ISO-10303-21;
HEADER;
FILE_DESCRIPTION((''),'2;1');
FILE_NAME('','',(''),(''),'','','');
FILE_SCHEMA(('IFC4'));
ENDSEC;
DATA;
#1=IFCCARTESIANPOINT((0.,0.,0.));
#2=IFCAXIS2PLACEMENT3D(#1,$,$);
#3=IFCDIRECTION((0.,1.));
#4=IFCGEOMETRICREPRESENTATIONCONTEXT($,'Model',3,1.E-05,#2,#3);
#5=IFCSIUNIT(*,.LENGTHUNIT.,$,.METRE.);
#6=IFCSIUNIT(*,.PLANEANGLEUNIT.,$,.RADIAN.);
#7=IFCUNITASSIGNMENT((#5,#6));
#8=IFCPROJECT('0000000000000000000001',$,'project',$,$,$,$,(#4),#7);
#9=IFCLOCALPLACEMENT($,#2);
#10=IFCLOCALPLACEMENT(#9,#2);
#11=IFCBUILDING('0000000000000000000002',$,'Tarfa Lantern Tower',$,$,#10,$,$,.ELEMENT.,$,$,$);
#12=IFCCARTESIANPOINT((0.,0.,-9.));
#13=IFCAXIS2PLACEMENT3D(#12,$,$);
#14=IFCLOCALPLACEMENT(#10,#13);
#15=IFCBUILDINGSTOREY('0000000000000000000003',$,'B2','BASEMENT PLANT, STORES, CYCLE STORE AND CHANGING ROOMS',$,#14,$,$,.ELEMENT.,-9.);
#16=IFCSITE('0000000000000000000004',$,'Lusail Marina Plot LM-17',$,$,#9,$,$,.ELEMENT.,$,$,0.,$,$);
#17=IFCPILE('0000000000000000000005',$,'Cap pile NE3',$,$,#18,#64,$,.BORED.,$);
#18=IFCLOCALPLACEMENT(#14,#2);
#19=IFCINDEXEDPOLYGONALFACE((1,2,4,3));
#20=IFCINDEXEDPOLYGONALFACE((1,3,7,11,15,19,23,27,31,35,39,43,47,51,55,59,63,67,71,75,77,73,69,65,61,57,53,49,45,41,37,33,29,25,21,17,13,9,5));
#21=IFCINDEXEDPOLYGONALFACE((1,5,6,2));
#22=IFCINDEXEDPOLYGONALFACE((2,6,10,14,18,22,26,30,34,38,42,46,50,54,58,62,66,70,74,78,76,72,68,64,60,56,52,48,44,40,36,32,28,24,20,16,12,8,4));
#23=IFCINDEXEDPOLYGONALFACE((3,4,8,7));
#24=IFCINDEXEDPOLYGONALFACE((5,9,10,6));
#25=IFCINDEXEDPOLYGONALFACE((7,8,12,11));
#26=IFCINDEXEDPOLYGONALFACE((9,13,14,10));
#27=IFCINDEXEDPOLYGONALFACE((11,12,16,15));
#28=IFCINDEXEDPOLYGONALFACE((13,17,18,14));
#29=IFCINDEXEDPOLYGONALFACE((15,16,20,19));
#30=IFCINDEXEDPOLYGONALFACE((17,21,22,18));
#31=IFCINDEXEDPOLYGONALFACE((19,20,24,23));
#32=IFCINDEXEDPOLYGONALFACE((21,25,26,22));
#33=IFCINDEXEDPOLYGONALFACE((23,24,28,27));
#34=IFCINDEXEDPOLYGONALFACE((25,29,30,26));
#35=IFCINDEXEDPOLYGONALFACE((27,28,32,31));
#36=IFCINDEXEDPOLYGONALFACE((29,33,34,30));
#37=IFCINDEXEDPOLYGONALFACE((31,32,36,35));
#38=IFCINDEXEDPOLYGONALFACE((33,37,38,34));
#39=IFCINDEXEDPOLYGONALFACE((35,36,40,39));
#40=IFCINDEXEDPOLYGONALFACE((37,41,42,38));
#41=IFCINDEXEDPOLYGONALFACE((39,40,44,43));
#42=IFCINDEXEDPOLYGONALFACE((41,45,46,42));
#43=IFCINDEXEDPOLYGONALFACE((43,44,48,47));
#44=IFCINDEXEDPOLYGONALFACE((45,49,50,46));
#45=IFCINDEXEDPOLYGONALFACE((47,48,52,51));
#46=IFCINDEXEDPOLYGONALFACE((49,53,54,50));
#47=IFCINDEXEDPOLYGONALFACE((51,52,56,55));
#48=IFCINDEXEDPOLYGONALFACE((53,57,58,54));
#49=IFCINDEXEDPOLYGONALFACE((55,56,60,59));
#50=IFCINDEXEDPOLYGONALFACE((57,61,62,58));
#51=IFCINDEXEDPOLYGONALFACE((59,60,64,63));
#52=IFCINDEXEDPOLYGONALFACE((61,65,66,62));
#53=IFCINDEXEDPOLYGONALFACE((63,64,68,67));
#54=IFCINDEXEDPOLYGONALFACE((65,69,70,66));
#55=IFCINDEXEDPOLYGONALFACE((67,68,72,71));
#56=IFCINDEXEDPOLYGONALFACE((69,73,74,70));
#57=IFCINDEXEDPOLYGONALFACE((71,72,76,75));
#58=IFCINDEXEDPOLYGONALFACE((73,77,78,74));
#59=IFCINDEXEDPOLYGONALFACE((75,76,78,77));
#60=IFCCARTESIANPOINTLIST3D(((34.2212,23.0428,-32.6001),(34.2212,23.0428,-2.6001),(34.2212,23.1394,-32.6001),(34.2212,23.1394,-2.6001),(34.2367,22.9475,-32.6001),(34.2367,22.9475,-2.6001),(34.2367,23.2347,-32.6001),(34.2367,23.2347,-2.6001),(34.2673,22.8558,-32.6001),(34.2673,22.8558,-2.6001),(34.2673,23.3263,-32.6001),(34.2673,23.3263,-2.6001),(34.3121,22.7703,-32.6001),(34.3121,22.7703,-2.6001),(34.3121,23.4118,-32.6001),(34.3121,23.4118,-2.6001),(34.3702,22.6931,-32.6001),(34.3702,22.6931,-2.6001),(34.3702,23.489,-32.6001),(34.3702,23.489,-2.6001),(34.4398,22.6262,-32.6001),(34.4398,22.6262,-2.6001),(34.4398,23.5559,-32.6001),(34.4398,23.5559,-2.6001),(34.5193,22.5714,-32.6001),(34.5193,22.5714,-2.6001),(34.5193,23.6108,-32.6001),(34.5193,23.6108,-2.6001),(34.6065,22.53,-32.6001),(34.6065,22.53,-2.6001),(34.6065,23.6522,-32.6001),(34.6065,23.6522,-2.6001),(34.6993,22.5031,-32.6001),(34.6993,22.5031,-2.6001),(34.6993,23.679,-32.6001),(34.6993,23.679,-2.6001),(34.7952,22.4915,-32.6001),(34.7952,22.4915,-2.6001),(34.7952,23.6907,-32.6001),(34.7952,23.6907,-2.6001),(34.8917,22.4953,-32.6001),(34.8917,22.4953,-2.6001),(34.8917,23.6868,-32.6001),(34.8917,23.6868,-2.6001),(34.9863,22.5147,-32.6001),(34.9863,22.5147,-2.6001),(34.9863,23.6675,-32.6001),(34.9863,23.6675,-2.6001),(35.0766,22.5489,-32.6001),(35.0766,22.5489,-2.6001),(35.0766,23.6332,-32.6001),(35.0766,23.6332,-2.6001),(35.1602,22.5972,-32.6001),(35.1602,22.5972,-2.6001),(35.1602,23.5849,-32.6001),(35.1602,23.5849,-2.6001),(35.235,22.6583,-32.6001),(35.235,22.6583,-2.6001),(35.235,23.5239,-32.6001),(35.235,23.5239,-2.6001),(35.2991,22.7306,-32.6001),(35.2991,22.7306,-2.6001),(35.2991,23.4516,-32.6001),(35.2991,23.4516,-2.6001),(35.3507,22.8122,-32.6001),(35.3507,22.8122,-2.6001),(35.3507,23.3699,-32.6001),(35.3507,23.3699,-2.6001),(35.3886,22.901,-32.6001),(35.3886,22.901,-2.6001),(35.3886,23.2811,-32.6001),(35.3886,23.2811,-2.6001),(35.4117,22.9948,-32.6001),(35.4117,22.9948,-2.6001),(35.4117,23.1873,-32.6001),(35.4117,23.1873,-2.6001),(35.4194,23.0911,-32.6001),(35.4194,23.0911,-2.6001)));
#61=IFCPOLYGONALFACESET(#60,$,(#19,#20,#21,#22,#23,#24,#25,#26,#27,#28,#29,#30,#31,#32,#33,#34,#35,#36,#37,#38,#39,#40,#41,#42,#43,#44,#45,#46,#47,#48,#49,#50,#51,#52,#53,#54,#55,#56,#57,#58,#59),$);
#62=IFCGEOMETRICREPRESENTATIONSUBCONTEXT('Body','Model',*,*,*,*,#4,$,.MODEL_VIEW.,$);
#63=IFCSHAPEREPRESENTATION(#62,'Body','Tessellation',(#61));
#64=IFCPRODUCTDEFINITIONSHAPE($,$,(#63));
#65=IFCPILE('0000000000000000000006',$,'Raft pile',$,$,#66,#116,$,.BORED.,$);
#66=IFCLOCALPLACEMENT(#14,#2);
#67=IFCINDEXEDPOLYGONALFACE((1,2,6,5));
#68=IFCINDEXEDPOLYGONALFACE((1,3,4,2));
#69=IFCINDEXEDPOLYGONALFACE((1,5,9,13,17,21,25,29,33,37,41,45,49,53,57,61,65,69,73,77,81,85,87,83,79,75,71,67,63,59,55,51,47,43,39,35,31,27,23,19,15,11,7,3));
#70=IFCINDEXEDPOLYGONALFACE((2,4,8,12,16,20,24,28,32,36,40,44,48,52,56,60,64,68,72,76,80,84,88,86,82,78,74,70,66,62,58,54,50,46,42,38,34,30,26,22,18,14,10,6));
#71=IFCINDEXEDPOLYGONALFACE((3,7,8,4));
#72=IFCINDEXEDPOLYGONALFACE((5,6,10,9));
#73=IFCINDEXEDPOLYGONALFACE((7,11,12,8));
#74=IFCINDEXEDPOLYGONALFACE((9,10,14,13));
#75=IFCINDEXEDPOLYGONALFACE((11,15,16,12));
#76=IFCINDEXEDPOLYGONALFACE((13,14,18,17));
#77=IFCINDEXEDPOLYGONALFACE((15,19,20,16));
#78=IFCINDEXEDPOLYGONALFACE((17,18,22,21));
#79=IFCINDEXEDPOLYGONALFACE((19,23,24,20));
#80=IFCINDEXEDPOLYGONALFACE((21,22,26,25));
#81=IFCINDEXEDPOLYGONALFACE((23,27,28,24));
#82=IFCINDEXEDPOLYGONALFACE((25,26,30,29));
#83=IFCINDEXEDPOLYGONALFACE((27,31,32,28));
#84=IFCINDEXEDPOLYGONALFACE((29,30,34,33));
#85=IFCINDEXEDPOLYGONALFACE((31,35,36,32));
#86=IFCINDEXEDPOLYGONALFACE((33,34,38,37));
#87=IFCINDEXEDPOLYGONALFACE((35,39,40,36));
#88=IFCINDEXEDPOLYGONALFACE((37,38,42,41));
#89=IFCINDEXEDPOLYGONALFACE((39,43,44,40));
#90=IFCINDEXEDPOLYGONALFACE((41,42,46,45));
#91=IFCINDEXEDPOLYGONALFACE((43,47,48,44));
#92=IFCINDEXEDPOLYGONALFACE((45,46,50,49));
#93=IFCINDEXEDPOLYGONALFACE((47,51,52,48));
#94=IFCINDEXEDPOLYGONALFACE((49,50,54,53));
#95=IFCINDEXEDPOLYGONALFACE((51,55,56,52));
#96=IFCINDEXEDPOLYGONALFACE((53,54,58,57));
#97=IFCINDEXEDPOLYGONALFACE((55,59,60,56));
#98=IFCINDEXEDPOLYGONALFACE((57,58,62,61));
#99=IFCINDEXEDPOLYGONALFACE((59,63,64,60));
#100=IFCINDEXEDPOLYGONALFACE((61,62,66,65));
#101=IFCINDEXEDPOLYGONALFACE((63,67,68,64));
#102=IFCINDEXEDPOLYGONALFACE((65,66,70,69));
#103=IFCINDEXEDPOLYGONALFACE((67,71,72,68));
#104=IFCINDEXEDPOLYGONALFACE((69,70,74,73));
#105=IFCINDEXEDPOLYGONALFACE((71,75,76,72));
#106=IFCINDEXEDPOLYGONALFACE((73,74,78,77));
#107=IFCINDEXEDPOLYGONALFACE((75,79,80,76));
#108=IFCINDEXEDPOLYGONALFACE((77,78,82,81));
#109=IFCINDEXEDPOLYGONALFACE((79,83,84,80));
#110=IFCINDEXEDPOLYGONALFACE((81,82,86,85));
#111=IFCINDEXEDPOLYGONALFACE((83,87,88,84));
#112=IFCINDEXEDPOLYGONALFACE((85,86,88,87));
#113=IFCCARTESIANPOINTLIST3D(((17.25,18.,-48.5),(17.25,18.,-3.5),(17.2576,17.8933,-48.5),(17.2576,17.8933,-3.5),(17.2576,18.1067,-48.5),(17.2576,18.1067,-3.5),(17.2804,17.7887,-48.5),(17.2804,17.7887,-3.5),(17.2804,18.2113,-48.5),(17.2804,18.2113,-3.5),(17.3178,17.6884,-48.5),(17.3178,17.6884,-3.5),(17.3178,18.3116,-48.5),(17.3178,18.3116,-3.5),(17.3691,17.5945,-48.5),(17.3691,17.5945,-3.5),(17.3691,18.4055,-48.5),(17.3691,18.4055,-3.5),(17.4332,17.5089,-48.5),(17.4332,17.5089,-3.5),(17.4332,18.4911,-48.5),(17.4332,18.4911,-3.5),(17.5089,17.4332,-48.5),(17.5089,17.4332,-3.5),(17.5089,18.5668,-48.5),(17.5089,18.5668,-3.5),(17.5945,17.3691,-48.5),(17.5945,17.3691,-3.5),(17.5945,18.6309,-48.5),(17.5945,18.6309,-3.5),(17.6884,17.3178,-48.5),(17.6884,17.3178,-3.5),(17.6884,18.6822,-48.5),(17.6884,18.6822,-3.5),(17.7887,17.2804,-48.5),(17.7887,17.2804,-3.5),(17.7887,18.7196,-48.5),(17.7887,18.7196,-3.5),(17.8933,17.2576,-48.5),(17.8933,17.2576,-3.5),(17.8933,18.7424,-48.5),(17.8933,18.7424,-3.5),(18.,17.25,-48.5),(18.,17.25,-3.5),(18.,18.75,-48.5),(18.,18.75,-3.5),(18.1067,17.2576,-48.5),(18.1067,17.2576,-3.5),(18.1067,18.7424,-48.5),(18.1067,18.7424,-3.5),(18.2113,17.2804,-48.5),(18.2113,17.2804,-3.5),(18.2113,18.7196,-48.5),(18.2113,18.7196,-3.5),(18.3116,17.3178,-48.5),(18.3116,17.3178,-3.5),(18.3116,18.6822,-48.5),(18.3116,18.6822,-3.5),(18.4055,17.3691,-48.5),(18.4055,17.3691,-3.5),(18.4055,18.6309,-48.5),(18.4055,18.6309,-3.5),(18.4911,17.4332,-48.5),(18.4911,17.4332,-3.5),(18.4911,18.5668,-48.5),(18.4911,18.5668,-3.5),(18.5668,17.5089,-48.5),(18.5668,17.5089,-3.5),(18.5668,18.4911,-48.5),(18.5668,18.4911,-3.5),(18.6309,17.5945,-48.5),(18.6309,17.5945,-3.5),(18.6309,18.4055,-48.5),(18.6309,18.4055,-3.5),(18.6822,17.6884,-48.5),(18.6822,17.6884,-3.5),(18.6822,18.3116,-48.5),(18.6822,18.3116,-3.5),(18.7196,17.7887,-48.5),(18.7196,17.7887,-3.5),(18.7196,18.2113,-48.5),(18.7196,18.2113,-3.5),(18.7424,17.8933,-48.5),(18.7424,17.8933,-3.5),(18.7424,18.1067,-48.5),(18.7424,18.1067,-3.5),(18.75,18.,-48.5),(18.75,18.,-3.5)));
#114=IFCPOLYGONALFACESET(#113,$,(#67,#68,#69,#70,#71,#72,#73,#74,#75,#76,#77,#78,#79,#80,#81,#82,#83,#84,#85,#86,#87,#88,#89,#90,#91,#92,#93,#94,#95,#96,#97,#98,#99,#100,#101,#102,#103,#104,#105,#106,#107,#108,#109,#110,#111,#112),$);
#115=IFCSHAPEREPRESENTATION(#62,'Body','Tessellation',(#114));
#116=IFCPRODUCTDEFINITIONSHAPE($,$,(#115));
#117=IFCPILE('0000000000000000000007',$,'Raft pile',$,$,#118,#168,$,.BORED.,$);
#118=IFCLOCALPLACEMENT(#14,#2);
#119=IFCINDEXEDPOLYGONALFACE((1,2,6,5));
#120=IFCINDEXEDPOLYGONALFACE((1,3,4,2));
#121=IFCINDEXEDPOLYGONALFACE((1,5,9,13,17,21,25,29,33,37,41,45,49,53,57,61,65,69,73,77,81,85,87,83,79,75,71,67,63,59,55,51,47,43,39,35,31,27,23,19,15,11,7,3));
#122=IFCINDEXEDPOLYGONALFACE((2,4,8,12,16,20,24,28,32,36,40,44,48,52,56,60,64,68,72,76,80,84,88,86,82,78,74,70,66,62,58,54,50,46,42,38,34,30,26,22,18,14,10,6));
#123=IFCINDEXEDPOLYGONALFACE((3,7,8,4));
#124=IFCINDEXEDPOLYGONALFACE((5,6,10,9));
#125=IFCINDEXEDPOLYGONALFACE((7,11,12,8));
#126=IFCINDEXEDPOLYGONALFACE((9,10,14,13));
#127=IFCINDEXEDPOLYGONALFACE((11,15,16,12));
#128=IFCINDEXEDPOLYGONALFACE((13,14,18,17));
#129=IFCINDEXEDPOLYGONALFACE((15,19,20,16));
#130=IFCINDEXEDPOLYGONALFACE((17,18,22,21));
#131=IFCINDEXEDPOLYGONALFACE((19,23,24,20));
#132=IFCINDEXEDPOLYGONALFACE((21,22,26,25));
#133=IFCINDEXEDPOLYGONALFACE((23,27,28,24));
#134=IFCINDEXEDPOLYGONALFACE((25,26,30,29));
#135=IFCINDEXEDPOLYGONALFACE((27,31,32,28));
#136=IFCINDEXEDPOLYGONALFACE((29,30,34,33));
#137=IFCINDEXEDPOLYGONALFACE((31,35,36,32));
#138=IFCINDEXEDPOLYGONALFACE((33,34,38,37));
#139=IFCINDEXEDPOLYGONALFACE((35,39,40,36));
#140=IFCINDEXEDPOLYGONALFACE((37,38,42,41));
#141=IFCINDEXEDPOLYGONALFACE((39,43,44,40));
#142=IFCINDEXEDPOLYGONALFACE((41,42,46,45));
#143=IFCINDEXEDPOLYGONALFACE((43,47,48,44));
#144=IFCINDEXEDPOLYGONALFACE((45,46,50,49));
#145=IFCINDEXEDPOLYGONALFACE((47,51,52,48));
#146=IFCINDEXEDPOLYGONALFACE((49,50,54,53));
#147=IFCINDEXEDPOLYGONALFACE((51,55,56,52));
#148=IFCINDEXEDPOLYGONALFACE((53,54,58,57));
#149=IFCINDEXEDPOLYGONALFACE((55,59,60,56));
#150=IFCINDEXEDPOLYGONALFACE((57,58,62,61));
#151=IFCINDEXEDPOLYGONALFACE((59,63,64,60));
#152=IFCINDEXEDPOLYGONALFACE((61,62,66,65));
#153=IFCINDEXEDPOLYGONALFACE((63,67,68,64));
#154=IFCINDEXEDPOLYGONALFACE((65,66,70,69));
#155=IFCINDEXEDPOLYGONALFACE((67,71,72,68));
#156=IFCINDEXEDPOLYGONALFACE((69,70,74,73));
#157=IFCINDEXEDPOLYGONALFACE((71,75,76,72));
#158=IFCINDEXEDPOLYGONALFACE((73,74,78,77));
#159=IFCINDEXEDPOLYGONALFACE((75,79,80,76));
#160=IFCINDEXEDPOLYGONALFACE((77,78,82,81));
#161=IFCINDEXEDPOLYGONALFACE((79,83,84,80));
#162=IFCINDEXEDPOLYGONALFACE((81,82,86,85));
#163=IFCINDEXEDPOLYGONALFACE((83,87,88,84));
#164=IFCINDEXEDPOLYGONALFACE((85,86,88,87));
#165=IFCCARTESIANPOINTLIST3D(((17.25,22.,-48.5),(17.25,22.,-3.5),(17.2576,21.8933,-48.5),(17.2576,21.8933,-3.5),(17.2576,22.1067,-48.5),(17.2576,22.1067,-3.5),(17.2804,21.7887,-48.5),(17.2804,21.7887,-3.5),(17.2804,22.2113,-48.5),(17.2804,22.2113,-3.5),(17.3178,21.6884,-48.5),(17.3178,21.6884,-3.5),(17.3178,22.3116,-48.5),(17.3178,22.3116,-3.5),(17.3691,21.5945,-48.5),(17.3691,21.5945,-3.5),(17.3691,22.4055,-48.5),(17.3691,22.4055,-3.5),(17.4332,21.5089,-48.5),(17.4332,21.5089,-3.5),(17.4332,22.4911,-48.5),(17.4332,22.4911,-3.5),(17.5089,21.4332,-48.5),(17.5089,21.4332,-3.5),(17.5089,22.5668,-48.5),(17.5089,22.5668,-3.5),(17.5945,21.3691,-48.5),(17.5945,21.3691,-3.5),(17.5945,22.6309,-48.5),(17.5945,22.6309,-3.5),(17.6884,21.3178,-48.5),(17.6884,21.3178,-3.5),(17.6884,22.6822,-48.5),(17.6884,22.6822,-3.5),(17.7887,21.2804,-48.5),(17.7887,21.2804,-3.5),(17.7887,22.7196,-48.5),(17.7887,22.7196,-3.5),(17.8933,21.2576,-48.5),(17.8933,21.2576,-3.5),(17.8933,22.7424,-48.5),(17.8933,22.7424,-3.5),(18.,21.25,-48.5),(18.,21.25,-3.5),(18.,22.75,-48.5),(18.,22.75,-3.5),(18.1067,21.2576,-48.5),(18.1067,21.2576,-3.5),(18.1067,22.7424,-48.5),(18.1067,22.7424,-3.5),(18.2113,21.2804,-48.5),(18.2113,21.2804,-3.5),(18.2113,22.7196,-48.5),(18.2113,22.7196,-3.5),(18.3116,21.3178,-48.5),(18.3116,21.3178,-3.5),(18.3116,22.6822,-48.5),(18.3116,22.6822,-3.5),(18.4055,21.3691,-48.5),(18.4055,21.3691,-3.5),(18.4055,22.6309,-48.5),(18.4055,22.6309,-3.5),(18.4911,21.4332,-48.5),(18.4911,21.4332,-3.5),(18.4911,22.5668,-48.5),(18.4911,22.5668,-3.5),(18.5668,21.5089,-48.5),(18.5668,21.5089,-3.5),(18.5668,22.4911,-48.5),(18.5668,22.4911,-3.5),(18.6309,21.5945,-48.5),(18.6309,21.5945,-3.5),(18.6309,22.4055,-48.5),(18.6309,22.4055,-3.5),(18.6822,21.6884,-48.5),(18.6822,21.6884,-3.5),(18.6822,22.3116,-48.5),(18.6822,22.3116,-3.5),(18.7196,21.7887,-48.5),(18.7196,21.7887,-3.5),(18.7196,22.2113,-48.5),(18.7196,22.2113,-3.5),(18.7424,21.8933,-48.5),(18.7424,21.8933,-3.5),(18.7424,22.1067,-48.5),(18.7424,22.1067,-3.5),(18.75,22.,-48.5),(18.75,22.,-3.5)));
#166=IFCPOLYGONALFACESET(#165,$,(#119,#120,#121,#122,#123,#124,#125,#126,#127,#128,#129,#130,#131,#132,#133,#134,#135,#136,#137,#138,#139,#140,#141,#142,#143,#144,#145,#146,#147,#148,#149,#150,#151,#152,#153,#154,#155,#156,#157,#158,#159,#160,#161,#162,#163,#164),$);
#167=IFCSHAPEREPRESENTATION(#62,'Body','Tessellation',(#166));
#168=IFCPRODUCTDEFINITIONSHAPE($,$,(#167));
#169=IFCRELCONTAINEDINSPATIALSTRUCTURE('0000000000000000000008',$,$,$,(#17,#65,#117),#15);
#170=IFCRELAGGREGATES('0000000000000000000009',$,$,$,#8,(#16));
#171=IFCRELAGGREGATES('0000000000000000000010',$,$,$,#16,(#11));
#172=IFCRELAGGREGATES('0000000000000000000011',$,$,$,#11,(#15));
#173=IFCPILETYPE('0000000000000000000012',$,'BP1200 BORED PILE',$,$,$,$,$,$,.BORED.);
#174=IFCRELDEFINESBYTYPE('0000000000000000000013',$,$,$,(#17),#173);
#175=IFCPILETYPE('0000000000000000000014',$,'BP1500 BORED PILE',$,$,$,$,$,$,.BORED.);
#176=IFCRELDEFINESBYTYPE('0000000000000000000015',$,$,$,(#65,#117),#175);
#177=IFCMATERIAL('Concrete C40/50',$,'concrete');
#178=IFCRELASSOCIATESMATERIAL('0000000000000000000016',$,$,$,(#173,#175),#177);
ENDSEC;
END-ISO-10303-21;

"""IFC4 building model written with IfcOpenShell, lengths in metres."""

from ifc_helpers import new_model, si_unit, direction, frame, origin, origin_2d, place, context, subcontext, project, spatial, circle, extrude, material, material_profile, profile_set, type_object, element, save


model = new_model("IFC4")

# Units and contexts
model_context = context("Model", 3, precision=1e-05, world=origin(), true_north=direction((0.0, 1.0)))
body_context = subcontext(model_context, "Body", "Model", "MODEL_VIEW")
ifc_project = project(units=[si_unit("LENGTHUNIT", "METRE"), si_unit("PLANEANGLEUNIT", "RADIAN")], contexts=[model_context])

# Site, building, storey
site_placement = place(None, origin())
site = spatial("IfcSite", under=ifc_project, at=site_placement, Name="Lusail Marina Plot LM-17", CompositionType="ELEMENT", RefElevation=0.0)
building_placement = place(site_placement, origin())
building = spatial("IfcBuilding", under=site, at=building_placement, Name="Tarfa Lantern Tower", CompositionType="ELEMENT")
storey_placement = place(building_placement, frame((0.0, 0.0, -9.0)))
storey = spatial("IfcBuildingStorey", under=building, at=storey_placement, Name="B2", Description="BASEMENT PLANT, STORES, CYCLE STORE AND CHANGING ROOMS", CompositionType="ELEMENT", Elevation=-9.0)

# Piles
ifc_material_1 = material(Name="Concrete C40/50", Category="concrete")
ifc_material_profile_1 = material_profile(ifc_material_1, circle(Radius=0.6001, at=origin_2d()), Name="BORED PILE D1200")
ifc_profile_set_1 = profile_set([ifc_material_profile_1], Name="Concrete C40/50")
pile_type_1 = type_object("IfcPileType", Name="BP1200 BORED PILE", PredefinedType="BORED", material=ifc_profile_set_1)
for number, where, z_axis, x_axis, name in (
    (1, (34.8193, 23.0911, -2.6001), (0.0, 0.0, -1.0), (1.0, 0.0, 0.0), "Cap pile NE3"),
):
    element("IfcPile", number, at=place(storey_placement, frame(where, z_axis=z_axis, x_axis=x_axis)), inside=storey, type_object=pile_type_1, Name=name, PredefinedType="BORED", context=body_context, shape_type="SweptSolid", body=[
        extrude(circle(Radius=0.6001, at=origin_2d()), origin(), (0.0, 0.0, 1.0), 30.0),
    ])
ifc_material_profile_2 = material_profile(ifc_material_1, circle(Radius=0.75, at=origin_2d()), Name="BORED PILE D1500")
ifc_profile_set_2 = profile_set([ifc_material_profile_2], Name="Concrete C40/50")
pile_type_2 = type_object("IfcPileType", Name="BP1500 BORED PILE", PredefinedType="BORED", material=ifc_profile_set_2)
for number, where, z_axis, x_axis, name in (
    (2, (18.0, 18.0, -3.5), (0.0, 0.0, -1.0), (1.0, 0.0, 0.0), "Raft pile"),
    (3, (18.0, 22.0, -3.5), (0.0, 0.0, -1.0), (1.0, 0.0, 0.0), "Raft pile"),
):
    element("IfcPile", number, at=place(storey_placement, frame(where, z_axis=z_axis, x_axis=x_axis)), inside=storey, type_object=pile_type_2, Name=name, PredefinedType="BORED", context=body_context, shape_type="SweptSolid", body=[
        extrude(circle(Radius=0.75, at=origin_2d()), origin(), (0.0, 0.0, 1.0), 45.0),
    ])

save(model, "model.ifc")
